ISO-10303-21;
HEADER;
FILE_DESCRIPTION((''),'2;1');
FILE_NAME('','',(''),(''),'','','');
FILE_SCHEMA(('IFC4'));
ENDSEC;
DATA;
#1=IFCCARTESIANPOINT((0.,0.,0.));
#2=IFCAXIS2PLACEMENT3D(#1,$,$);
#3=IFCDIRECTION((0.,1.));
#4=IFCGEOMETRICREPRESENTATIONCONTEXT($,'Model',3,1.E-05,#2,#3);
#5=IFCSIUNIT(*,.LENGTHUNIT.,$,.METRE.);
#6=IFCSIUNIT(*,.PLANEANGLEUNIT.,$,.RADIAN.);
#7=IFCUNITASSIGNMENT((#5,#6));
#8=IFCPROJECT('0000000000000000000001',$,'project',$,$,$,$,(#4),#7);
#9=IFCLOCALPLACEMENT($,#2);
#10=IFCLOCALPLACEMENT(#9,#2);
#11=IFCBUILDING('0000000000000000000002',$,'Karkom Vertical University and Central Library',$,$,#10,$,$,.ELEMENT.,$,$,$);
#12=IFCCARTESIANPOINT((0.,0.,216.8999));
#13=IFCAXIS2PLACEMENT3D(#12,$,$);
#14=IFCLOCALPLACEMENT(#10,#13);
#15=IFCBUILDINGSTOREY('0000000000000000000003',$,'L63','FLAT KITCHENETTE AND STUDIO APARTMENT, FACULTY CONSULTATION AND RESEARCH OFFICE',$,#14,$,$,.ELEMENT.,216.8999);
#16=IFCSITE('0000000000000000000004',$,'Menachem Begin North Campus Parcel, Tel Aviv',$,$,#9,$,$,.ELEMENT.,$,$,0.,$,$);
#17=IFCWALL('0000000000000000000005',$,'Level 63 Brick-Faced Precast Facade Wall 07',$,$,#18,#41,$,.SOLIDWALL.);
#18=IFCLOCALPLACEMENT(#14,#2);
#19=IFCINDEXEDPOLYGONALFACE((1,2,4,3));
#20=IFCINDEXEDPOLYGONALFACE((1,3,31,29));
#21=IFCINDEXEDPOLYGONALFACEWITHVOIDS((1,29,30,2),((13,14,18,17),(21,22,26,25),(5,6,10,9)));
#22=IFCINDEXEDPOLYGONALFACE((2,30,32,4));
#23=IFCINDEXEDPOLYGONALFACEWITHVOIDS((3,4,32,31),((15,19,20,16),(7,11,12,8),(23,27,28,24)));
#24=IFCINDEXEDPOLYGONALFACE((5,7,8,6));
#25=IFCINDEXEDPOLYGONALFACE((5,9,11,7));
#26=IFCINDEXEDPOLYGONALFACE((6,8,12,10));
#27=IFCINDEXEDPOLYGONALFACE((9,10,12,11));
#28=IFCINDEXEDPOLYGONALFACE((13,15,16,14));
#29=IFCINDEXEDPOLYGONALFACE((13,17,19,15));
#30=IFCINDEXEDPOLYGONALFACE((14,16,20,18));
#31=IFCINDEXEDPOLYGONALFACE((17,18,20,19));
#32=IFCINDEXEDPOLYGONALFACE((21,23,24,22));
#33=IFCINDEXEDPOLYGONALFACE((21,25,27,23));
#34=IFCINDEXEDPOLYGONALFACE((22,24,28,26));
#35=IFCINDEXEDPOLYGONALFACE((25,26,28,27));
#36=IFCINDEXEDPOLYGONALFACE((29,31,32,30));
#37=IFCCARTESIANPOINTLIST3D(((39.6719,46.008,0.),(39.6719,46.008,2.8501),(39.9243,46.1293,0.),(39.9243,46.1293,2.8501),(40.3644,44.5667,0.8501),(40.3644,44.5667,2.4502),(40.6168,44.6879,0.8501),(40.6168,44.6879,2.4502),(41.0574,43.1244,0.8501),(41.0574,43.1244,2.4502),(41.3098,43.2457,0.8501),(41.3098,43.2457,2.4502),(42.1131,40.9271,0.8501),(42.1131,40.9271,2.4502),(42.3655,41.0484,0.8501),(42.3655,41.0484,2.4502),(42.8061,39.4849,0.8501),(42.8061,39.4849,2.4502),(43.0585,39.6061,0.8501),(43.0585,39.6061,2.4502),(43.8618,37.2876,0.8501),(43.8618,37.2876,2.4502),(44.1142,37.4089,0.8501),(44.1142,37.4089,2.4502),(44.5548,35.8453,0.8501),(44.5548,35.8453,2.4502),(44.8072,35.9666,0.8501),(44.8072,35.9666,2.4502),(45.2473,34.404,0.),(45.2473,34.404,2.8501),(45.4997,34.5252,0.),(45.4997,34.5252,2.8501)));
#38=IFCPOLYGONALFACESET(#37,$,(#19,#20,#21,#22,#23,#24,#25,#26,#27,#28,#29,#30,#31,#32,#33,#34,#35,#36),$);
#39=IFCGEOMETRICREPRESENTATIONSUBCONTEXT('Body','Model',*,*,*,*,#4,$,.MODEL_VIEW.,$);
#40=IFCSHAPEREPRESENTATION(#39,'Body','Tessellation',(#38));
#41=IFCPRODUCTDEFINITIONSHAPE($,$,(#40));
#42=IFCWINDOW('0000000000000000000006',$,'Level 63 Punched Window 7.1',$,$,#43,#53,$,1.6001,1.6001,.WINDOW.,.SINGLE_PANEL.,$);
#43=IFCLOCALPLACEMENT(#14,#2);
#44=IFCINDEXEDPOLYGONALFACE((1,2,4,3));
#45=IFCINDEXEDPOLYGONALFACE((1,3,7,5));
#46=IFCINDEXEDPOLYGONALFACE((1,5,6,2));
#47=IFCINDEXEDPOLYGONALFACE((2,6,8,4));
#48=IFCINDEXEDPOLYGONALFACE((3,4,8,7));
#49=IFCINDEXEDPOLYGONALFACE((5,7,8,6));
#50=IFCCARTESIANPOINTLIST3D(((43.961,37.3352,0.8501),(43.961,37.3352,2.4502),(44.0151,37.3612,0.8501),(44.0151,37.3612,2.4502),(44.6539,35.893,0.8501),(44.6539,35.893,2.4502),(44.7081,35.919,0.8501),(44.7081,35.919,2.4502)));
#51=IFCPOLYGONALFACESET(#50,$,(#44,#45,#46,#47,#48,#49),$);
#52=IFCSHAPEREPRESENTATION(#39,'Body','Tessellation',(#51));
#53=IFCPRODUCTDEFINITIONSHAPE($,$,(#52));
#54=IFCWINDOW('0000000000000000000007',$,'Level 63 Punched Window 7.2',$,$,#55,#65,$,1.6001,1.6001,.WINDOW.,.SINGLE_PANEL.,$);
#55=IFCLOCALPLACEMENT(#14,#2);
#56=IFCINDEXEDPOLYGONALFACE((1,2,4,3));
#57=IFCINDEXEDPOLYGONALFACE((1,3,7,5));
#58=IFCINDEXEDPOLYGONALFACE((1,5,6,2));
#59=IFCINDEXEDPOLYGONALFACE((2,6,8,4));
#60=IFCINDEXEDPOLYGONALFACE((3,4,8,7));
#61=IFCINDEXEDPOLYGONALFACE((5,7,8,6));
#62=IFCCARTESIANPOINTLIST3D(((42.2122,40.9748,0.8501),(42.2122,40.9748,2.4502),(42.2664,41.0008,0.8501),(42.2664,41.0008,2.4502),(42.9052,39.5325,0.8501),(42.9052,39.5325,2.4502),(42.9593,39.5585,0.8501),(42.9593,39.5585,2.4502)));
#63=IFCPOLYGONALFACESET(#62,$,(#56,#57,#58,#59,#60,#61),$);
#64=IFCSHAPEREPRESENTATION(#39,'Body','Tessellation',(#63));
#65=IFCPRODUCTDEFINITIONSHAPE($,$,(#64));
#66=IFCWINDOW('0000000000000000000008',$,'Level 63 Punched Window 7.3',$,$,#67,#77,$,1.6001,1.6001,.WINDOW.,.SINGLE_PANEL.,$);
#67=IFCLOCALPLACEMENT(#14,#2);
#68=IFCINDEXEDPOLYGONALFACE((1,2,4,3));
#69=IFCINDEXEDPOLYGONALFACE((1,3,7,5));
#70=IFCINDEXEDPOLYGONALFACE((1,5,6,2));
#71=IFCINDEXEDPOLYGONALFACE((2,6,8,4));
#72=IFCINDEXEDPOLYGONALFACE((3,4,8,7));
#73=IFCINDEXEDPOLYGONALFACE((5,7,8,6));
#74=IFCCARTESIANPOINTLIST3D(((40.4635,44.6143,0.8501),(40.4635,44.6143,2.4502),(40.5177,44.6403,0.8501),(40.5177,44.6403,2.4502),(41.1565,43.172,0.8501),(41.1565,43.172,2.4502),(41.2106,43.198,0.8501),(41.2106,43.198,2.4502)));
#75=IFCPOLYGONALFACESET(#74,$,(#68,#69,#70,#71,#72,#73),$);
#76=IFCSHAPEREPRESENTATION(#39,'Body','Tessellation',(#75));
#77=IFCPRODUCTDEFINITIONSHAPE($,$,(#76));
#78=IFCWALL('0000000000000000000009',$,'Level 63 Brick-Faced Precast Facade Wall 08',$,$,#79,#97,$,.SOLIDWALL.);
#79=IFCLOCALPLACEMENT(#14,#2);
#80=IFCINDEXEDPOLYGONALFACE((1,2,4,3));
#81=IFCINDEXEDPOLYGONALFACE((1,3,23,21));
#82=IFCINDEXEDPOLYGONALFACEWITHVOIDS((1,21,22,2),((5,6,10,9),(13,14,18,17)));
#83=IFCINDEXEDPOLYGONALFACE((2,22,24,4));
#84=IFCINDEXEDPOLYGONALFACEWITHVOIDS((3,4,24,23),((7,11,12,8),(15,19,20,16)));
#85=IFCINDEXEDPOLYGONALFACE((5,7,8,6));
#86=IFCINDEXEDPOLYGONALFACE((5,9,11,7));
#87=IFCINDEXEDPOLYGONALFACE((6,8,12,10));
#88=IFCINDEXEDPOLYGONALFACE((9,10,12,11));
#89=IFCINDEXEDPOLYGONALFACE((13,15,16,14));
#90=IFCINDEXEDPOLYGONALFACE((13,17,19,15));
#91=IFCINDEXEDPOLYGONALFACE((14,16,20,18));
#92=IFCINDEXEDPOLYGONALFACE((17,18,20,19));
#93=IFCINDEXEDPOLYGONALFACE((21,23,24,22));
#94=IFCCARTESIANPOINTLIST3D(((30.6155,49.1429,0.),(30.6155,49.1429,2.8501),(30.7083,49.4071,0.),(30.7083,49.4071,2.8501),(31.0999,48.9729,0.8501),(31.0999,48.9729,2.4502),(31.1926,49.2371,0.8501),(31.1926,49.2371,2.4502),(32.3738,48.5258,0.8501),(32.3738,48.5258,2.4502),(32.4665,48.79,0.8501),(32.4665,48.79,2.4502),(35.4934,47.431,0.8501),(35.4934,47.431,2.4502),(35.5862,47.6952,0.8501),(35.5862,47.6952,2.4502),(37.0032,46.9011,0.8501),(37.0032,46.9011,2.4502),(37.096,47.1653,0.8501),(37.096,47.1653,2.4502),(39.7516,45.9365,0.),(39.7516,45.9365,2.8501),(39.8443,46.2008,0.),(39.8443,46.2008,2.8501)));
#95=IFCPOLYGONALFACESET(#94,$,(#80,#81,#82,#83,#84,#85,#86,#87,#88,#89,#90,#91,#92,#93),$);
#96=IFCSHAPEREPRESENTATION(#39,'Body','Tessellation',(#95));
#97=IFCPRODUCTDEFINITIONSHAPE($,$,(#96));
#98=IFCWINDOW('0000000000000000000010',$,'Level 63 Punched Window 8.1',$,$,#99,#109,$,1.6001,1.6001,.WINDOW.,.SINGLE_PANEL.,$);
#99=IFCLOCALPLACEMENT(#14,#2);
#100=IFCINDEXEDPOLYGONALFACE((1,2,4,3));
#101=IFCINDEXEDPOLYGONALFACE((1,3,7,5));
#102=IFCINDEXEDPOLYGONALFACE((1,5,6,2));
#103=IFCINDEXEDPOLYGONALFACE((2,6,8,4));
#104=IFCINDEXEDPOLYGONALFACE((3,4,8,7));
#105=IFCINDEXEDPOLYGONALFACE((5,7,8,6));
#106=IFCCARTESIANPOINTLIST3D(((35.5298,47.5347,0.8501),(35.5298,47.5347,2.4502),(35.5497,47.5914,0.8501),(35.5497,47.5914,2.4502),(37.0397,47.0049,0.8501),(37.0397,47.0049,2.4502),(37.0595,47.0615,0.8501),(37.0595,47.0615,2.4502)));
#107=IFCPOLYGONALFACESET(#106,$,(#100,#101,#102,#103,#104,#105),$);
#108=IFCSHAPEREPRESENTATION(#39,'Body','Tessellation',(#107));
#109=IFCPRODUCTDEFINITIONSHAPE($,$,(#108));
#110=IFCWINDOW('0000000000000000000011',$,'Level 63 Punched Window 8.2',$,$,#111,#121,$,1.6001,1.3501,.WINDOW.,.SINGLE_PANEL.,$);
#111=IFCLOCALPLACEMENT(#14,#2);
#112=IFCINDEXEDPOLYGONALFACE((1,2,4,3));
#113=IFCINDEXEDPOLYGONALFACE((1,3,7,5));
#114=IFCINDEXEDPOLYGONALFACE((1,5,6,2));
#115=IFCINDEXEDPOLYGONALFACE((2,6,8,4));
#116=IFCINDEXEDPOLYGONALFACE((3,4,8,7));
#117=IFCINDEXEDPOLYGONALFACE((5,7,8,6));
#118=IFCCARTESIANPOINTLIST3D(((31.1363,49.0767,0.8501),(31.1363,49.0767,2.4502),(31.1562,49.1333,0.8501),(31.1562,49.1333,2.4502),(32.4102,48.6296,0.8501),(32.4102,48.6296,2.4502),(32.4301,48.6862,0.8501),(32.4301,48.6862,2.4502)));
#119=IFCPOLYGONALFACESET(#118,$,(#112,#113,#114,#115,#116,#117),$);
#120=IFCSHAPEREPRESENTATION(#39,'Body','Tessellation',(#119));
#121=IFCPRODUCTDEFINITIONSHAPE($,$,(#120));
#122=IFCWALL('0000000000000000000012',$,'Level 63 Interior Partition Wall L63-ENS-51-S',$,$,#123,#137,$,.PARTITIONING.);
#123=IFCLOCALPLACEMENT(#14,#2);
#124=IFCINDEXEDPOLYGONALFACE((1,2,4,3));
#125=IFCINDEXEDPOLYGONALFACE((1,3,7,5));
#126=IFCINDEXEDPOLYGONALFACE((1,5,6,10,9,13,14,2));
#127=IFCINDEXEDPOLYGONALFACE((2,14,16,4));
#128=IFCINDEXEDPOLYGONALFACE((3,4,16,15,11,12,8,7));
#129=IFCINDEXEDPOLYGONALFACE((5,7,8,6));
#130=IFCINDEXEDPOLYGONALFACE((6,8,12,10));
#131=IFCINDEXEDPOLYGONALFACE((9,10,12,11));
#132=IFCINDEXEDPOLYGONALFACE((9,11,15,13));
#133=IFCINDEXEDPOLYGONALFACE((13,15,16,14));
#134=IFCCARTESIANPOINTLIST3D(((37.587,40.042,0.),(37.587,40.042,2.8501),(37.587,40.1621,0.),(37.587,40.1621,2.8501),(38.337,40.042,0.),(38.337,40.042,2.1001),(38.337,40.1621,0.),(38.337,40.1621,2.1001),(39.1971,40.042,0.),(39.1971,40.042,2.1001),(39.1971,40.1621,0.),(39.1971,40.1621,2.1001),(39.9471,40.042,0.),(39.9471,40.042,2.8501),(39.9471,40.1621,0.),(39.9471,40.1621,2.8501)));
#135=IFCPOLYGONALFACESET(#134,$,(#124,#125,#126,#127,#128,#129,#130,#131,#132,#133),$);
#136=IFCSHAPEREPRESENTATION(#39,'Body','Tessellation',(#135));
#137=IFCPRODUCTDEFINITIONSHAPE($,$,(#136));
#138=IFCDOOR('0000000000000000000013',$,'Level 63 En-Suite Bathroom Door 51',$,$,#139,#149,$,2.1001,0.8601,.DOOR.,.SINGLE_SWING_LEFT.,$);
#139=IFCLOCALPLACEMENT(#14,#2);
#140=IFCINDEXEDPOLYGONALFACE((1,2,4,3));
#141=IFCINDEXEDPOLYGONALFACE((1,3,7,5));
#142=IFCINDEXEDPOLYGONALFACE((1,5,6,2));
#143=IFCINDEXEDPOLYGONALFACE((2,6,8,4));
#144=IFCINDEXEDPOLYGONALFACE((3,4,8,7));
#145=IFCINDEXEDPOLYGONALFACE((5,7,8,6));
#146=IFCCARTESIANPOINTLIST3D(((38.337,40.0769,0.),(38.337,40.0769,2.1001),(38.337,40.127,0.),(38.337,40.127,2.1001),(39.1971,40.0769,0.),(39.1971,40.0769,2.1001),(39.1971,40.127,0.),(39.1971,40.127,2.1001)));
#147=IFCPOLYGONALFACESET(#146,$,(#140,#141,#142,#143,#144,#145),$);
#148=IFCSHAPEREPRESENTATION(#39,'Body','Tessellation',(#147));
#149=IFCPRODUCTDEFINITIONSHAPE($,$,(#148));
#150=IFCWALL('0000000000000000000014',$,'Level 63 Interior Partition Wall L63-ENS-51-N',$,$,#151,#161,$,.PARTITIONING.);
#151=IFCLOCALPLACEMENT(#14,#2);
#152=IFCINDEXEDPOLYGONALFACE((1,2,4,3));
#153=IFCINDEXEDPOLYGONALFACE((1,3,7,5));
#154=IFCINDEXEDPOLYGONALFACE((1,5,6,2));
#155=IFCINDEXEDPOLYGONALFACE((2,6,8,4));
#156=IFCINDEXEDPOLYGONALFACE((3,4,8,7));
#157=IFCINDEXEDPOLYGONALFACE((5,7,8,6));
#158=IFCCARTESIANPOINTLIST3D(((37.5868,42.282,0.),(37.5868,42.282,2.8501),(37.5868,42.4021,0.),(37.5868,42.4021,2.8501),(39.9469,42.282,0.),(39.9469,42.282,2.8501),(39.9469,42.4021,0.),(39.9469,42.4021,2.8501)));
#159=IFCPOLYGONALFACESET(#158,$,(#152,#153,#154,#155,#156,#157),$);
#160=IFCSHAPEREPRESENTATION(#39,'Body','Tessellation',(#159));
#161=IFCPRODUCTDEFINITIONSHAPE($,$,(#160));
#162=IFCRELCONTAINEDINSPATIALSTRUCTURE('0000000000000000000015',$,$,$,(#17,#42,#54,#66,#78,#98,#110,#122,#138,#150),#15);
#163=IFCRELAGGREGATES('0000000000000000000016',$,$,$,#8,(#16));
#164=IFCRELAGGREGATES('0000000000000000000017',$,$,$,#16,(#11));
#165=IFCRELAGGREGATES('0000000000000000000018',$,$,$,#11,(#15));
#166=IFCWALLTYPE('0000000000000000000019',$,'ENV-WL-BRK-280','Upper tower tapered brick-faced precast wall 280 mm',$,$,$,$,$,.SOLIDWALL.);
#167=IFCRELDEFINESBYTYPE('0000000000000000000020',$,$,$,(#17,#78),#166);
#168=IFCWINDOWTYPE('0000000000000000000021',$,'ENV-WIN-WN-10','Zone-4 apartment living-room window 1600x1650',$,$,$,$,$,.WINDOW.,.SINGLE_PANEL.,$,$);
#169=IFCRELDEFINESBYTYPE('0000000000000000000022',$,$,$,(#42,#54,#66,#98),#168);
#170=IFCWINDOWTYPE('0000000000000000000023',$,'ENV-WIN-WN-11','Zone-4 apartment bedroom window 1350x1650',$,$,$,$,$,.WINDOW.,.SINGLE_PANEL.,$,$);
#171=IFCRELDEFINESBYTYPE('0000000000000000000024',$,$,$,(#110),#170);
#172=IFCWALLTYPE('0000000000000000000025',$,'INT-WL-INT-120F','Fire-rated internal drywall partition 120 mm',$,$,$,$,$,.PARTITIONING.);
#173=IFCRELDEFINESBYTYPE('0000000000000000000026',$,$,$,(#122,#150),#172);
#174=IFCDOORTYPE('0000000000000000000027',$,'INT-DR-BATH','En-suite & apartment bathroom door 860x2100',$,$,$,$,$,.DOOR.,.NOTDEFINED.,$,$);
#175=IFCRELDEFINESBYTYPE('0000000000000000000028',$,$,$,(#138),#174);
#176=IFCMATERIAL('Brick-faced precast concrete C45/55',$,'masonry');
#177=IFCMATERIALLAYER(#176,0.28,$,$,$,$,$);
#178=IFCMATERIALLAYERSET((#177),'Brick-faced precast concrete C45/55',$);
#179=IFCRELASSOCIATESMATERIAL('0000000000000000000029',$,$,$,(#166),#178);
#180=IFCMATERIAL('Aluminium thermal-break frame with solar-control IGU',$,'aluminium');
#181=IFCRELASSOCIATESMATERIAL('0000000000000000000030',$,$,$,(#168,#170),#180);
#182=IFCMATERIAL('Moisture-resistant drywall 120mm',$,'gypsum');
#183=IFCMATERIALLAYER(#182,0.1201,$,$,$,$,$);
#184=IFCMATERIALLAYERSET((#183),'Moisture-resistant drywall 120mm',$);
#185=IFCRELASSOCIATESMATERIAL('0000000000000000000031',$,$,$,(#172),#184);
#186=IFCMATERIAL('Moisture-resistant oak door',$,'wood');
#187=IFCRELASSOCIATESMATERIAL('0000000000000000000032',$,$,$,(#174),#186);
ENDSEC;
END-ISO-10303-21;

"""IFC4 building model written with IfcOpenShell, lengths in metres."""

from ifc_helpers import new_model, si_unit, direction, frame, frame_2d, origin, origin_with_axes, place, context, subcontext, project, spatial, rectangle, extrude, source, transform, mapped, material, layer, layer_set, type_object, element, fill, save


model = new_model("IFC4")

# Units and contexts
model_context = context("Model", 3, precision=1e-05, world=origin(), true_north=direction((0.0, 1.0)))
body_context = subcontext(model_context, "Body", "Model", "MODEL_VIEW")
ifc_project = project(units=[si_unit("LENGTHUNIT", "METRE"), si_unit("PLANEANGLEUNIT", "RADIAN")], contexts=[model_context])

# Site, building, storey
site_placement = place(None, origin())
site = spatial("IfcSite", under=ifc_project, at=site_placement, Name="Menachem Begin North Campus Parcel, Tel Aviv", CompositionType="ELEMENT", RefElevation=0.0)
building_placement = place(site_placement, origin())
building = spatial("IfcBuilding", under=site, at=building_placement, Name="Karkom Vertical University and Central Library", CompositionType="ELEMENT")
storey_placement = place(building_placement, frame((0.0, 0.0, 216.8999)))
storey = spatial("IfcBuildingStorey", under=building, at=storey_placement, Name="L63", Description="FLAT KITCHENETTE AND STUDIO APARTMENT, FACULTY CONSULTATION AND RESEARCH OFFICE", CompositionType="ELEMENT", Elevation=216.8999)

# Walls, openings, windows
ifc_material_1 = material(Name="Brick-faced precast concrete C45/55", Category="masonry")
ifc_layer_1 = layer(ifc_material_1, 0.28)
ifc_layer_set_1 = layer_set([ifc_layer_1], Name="Brick-faced precast concrete C45/55")
wall_type_1 = type_object("IfcWallType", Name="ENV-WL-BRK-280", Description="Upper tower tapered brick-faced precast wall 280 mm", PredefinedType="SOLIDWALL", material=ifc_layer_set_1)
wall_1_placement = place(storey_placement, frame((45.3735, 34.4646, 0.0), z_axis=(0.0, 0.0, 1.0), x_axis=(-0.433079, 0.901356, 0.0)))
wall_1 = element("IfcWall", 1, at=wall_1_placement, inside=storey, type_object=wall_type_1, Name="Level 63 Brick-Faced Precast Facade Wall 07", PredefinedType="SOLIDWALL", context=body_context, shape_type="SweptSolid", body=[
    extrude(rectangle(XDim=12.874, YDim=0.28, at=frame_2d((6.437, 0.0))), origin(), (0.0, 0.0, 1.0), 2.8501),
])
opening_1_placement = place(wall_1_placement, frame((1.5991, 0.0, 0.8501)))
opening_1 = element("IfcOpeningElement", 2, at=opening_1_placement, cuts=wall_1, PredefinedType="OPENING", context=body_context, shape_type="SweptSolid", body=[
    extrude(rectangle(XDim=1.6001, YDim=1.6001, at=frame_2d((0.8, 0.8))), frame((0.0, 0.1499, 0.0), z_axis=(0.0, -1.0, 0.0), x_axis=(1.0, 0.0, 0.0)), (0.0, 0.0, 1.0), 0.3),
])
opening_2_placement = place(wall_1_placement, frame((5.637, 0.0, 0.8501)))
opening_2 = element("IfcOpeningElement", 3, at=opening_2_placement, cuts=wall_1, PredefinedType="OPENING", context=body_context, shape_type="SweptSolid", body=[
    extrude(rectangle(XDim=1.6001, YDim=1.6001, at=frame_2d((0.8, 0.8))), frame((0.0, 0.1499, 0.0), z_axis=(0.0, -1.0, 0.0), x_axis=(1.0, 0.0, 0.0)), (0.0, 0.0, 1.0), 0.3),
])
opening_3_placement = place(wall_1_placement, frame((9.6748, 0.0, 0.8501)))
opening_3 = element("IfcOpeningElement", 4, at=opening_3_placement, cuts=wall_1, PredefinedType="OPENING", context=body_context, shape_type="SweptSolid", body=[
    extrude(rectangle(XDim=1.6001, YDim=1.6001, at=frame_2d((0.8, 0.8))), frame((0.0, 0.1499, 0.0), z_axis=(0.0, -1.0, 0.0), x_axis=(1.0, 0.0, 0.0)), (0.0, 0.0, 1.0), 0.3),
])
ifc_material_2 = material(Name="Aluminium thermal-break frame with solar-control IGU", Category="aluminium")
window_type_1 = type_object("IfcWindowType", Name="ENV-WIN-WN-10", Description="Zone-4 apartment living-room window 1600x1650", PartitioningType="SINGLE_PANEL", PredefinedType="WINDOW", material=ifc_material_2)
shared_shape_1 = source(origin_with_axes(), body_context, "Body", "SweptSolid", [
    extrude(rectangle(XDim=1.6001, YDim=1.6001, at=frame_2d((0.8, 0.8))), frame((0.0, 0.03, 0.0), z_axis=(0.0, -1.0, 0.0), x_axis=(1.0, 0.0, 0.0)), (0.0, 0.0, 1.0), 0.0601),
])
window_1_placement = place(opening_1_placement, origin())
window_1 = element("IfcWindow", 5, at=window_1_placement, inside=storey, type_object=window_type_1, Name="Level 63 Punched Window 7.1", OverallHeight=1.6001, OverallWidth=1.6001, PartitioningType="SINGLE_PANEL", PredefinedType="WINDOW", context=body_context, shape_type="MappedRepresentation", body=[
    mapped(shared_shape_1, transform((0.0, 0.0, 0.0), scale=1.0)),
])
fill(opening_1, window_1)
window_2_placement = place(opening_2_placement, origin())
window_2 = element("IfcWindow", 6, at=window_2_placement, inside=storey, type_object=window_type_1, Name="Level 63 Punched Window 7.2", OverallHeight=1.6001, OverallWidth=1.6001, PartitioningType="SINGLE_PANEL", PredefinedType="WINDOW", context=body_context, shape_type="MappedRepresentation", body=[
    mapped(shared_shape_1, transform((0.0, 0.0, 0.0), scale=1.0)),
])
fill(opening_2, window_2)
window_3_placement = place(opening_3_placement, origin())
window_3 = element("IfcWindow", 7, at=window_3_placement, inside=storey, type_object=window_type_1, Name="Level 63 Punched Window 7.3", OverallHeight=1.6001, OverallWidth=1.6001, PartitioningType="SINGLE_PANEL", PredefinedType="WINDOW", context=body_context, shape_type="MappedRepresentation", body=[
    mapped(shared_shape_1, transform((0.0, 0.0, 0.0), scale=1.0)),
])
fill(opening_3, window_3)
wall_2_placement = place(storey_placement, frame((39.7981, 46.0686, 0.0), z_axis=(0.0, 0.0, 1.0), x_axis=(-0.943578, 0.331151, 0.0)))
wall_2 = element("IfcWall", 8, at=wall_2_placement, inside=storey, type_object=wall_type_1, Name="Level 63 Brick-Faced Precast Facade Wall 08", PredefinedType="SOLIDWALL", context=body_context, shape_type="SweptSolid", body=[
    extrude(rectangle(XDim=9.6824, YDim=0.28, at=frame_2d((4.8413, 0.0))), origin(), (0.0, 0.0, 1.0), 2.8501),
])
opening_4_placement = place(wall_2_placement, frame((2.9128, 0.0, 0.8501)))
opening_4 = element("IfcOpeningElement", 9, at=opening_4_placement, cuts=wall_2, PredefinedType="OPENING", context=body_context, shape_type="SweptSolid", body=[
    extrude(rectangle(XDim=1.6001, YDim=1.6001, at=frame_2d((0.8, 0.8))), frame((0.0, 0.1499, 0.0), z_axis=(0.0, -1.0, 0.0), x_axis=(1.0, 0.0, 0.0)), (0.0, 0.0, 1.0), 0.3),
])
opening_5_placement = place(wall_2_placement, frame((7.8191, 0.0, 0.8501)))
opening_5 = element("IfcOpeningElement", 10, at=opening_5_placement, cuts=wall_2, PredefinedType="OPENING", context=body_context, shape_type="SweptSolid", body=[
    extrude(rectangle(XDim=1.3501, YDim=1.6001, at=frame_2d((0.675, 0.8))), frame((0.0, 0.1499, 0.0), z_axis=(0.0, -1.0, 0.0), x_axis=(1.0, 0.0, 0.0)), (0.0, 0.0, 1.0), 0.3),
])
window_4_placement = place(opening_4_placement, origin())
window_4 = element("IfcWindow", 11, at=window_4_placement, inside=storey, type_object=window_type_1, Name="Level 63 Punched Window 8.1", OverallHeight=1.6001, OverallWidth=1.6001, PartitioningType="SINGLE_PANEL", PredefinedType="WINDOW", context=body_context, shape_type="MappedRepresentation", body=[
    mapped(shared_shape_1, transform((0.0, 0.0, 0.0), scale=1.0)),
])
fill(opening_4, window_4)
window_type_2 = type_object("IfcWindowType", Name="ENV-WIN-WN-11", Description="Zone-4 apartment bedroom window 1350x1650", PartitioningType="SINGLE_PANEL", PredefinedType="WINDOW", material=ifc_material_2)
shared_shape_2 = source(origin_with_axes(), body_context, "Body", "SweptSolid", [
    extrude(rectangle(XDim=1.3501, YDim=1.6001, at=frame_2d((0.675, 0.8))), frame((0.0, 0.03, 0.0), z_axis=(0.0, -1.0, 0.0), x_axis=(1.0, 0.0, 0.0)), (0.0, 0.0, 1.0), 0.0601),
])
window_5_placement = place(opening_5_placement, origin())
window_5 = element("IfcWindow", 12, at=window_5_placement, inside=storey, type_object=window_type_2, Name="Level 63 Punched Window 8.2", OverallHeight=1.6001, OverallWidth=1.3501, PartitioningType="SINGLE_PANEL", PredefinedType="WINDOW", context=body_context, shape_type="MappedRepresentation", body=[
    mapped(shared_shape_2, transform((0.0, 0.0, 0.0), scale=1.0)),
])
fill(opening_5, window_5)

# Wall, opening, door
ifc_material_3 = material(Name="Moisture-resistant drywall 120mm", Category="gypsum")
ifc_layer_2 = layer(ifc_material_3, 0.1201)
ifc_layer_set_2 = layer_set([ifc_layer_2], Name="Moisture-resistant drywall 120mm")
wall_type_2 = type_object("IfcWallType", Name="INT-WL-INT-120F", Description="Fire-rated internal drywall partition 120 mm", PredefinedType="PARTITIONING", material=ifc_layer_set_2)
wall_3_placement = place(storey_placement, frame((37.5869, 40.1021, 0.0), z_axis=(0.0, 0.0, 1.0), x_axis=(1.0, 0.0, 0.0)))
wall_3 = element("IfcWall", 13, at=wall_3_placement, inside=storey, type_object=wall_type_2, Name="Level 63 Interior Partition Wall L63-ENS-51-S", PredefinedType="PARTITIONING", context=body_context, shape_type="SweptSolid", body=[
    extrude(rectangle(XDim=2.3601, YDim=0.1201, at=frame_2d((1.1802, 0.0))), origin(), (0.0, 0.0, 1.0), 2.8501),
])
opening_6_placement = place(wall_3_placement, frame((0.75, 0.0, 0.0)))
opening_6 = element("IfcOpeningElement", 14, at=opening_6_placement, cuts=wall_3, PredefinedType="OPENING", context=body_context, shape_type="SweptSolid", body=[
    extrude(rectangle(XDim=0.8601, YDim=2.1001, at=frame_2d((0.4302, 1.05))), frame((0.0, 0.0701, 0.0), z_axis=(0.0, -1.0, 0.0), x_axis=(1.0, 0.0, 0.0)), (0.0, 0.0, 1.0), 0.1401),
])
ifc_material_4 = material(Name="Moisture-resistant oak door", Category="wood")
door_type_1 = type_object("IfcDoorType", Name="INT-DR-BATH", Description="En-suite & apartment bathroom door 860x2100", OperationType="NOTDEFINED", PredefinedType="DOOR", material=ifc_material_4)
shared_shape_3 = source(origin_with_axes(), body_context, "Body", "SweptSolid", [
    extrude(rectangle(XDim=0.8601, YDim=2.1001, at=frame_2d((0.4302, 1.05))), frame((0.0, 0.0249, 0.0), z_axis=(0.0, -1.0, 0.0), x_axis=(1.0, 0.0, 0.0)), (0.0, 0.0, 1.0), 0.05),
])
door_1_placement = place(opening_6_placement, origin())
door_1 = element("IfcDoor", 15, at=door_1_placement, inside=storey, type_object=door_type_1, Name="Level 63 En-Suite Bathroom Door 51", OperationType="SINGLE_SWING_LEFT", OverallHeight=2.1001, OverallWidth=0.8601, PredefinedType="DOOR", context=body_context, shape_type="MappedRepresentation", body=[
    mapped(shared_shape_3, transform((0.0, 0.0, 0.0), scale=1.0)),
])
fill(opening_6, door_1)

# Wall
wall_4_placement = place(storey_placement, frame((39.947, 42.342, 0.0), z_axis=(0.0, 0.0, 1.0), x_axis=(-1.0, 0.0, 0.0)))
element("IfcWall", 16, at=wall_4_placement, inside=storey, type_object=wall_type_2, Name="Level 63 Interior Partition Wall L63-ENS-51-N", PredefinedType="PARTITIONING", context=body_context, shape_type="SweptSolid", body=[
    extrude(rectangle(XDim=2.3601, YDim=0.1201, at=frame_2d((1.1802, 0.0))), origin(), (0.0, 0.0, 1.0), 2.8501),
])

save(model, "model.ifc")
